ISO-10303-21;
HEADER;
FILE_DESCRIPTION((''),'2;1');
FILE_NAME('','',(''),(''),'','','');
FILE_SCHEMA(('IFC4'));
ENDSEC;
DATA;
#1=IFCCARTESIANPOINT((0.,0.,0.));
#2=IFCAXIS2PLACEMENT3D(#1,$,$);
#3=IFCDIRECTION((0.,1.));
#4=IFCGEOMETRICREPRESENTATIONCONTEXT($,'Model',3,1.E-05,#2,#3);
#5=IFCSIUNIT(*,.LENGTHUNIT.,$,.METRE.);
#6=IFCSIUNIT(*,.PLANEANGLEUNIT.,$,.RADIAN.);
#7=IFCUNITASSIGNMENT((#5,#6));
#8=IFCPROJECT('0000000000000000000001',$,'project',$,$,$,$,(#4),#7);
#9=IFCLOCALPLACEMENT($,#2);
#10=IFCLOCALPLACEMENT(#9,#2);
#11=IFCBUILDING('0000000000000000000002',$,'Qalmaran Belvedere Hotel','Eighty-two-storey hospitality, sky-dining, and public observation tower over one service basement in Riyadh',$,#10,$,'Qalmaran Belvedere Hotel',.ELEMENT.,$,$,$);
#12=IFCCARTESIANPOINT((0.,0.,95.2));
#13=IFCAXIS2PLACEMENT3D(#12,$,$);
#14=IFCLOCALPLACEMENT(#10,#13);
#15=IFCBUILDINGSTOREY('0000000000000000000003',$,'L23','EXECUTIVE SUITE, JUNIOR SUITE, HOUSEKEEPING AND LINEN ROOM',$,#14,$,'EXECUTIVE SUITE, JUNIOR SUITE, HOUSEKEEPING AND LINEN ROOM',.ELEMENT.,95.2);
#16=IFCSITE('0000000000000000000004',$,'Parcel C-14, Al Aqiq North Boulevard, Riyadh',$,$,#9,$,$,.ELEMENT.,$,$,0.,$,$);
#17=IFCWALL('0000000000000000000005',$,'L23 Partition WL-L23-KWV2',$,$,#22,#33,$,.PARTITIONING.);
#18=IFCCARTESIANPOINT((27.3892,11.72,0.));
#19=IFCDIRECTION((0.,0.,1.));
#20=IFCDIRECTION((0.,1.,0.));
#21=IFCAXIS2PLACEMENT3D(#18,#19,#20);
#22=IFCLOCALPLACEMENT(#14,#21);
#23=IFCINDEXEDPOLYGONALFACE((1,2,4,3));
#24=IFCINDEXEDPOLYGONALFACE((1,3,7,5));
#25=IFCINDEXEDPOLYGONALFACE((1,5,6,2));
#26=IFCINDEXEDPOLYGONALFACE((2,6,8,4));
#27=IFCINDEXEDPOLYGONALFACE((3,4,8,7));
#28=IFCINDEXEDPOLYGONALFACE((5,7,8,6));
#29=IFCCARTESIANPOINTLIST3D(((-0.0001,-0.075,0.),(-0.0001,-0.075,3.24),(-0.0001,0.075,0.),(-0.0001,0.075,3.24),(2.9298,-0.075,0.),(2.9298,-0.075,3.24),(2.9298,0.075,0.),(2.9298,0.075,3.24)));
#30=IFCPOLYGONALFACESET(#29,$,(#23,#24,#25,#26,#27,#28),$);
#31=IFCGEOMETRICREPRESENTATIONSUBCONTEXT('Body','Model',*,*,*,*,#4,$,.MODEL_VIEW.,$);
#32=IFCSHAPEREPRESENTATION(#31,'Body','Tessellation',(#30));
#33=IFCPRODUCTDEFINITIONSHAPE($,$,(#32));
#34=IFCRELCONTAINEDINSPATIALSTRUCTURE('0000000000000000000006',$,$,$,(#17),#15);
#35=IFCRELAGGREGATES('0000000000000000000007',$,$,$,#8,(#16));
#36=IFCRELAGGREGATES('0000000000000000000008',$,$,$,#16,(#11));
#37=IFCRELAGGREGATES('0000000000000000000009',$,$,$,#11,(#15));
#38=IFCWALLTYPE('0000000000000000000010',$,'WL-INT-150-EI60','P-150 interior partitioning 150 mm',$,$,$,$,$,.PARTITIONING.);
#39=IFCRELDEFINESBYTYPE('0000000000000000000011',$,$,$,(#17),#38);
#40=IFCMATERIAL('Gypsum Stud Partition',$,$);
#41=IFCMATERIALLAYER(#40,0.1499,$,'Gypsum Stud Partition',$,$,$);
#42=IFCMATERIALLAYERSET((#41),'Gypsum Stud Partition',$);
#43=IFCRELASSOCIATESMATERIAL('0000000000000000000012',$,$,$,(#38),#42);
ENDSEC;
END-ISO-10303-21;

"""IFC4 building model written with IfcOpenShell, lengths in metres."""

from ifc_helpers import new_model, si_unit, direction, frame, frame_2d, origin, place, context, subcontext, project, spatial, rectangle, extrude, material, layer, layer_set, type_object, element, save


model = new_model("IFC4")

# Units and contexts
model_context = context("Model", 3, precision=1e-05, world=origin(), true_north=direction((0.0, 1.0)))
body_context = subcontext(model_context, "Body", "Model", "MODEL_VIEW")
ifc_project = project(units=[si_unit("LENGTHUNIT", "METRE"), si_unit("PLANEANGLEUNIT", "RADIAN")], contexts=[model_context])

# Site, building, storey
site_placement = place(None, origin())
site = spatial("IfcSite", under=ifc_project, at=site_placement, Name="Parcel C-14, Al Aqiq North Boulevard, Riyadh", CompositionType="ELEMENT", RefElevation=0.0)
building_placement = place(site_placement, origin())
building = spatial("IfcBuilding", under=site, at=building_placement, Name="Qalmaran Belvedere Hotel", Description="Eighty-two-storey hospitality, sky-dining, and public observation tower over one service basement in Riyadh", LongName="Qalmaran Belvedere Hotel", CompositionType="ELEMENT")
storey_placement = place(building_placement, frame((0.0, 0.0, 95.2)))
storey = spatial("IfcBuildingStorey", under=building, at=storey_placement, Name="L23", Description="EXECUTIVE SUITE, JUNIOR SUITE, HOUSEKEEPING AND LINEN ROOM", LongName="EXECUTIVE SUITE, JUNIOR SUITE, HOUSEKEEPING AND LINEN ROOM", CompositionType="ELEMENT", Elevation=95.2)

# Wall
ifc_material_1 = material(Name="Gypsum Stud Partition")
ifc_layer_1 = layer(ifc_material_1, 0.1499, Name="Gypsum Stud Partition")
ifc_layer_set_1 = layer_set([ifc_layer_1], Name="Gypsum Stud Partition")
wall_type_1 = type_object("IfcWallType", Name="WL-INT-150-EI60", Description="P-150 interior partitioning 150 mm", PredefinedType="PARTITIONING", material=ifc_layer_set_1)
wall_1_placement = place(storey_placement, frame((27.3892, 11.72, 0.0), z_axis=(0.0, 0.0, 1.0), x_axis=(0.0, 1.0, 0.0)))
element("IfcWall", 1, at=wall_1_placement, inside=storey, type_object=wall_type_1, Name="L23 Partition WL-L23-KWV2", PredefinedType="PARTITIONING", context=body_context, shape_type="SweptSolid", body=[
    extrude(rectangle(XDim=2.9299, YDim=0.1499, at=frame_2d((1.4648, 0.0))), origin(), (0.0, 0.0, 1.0), 3.24),
])

save(model, "model.ifc")
